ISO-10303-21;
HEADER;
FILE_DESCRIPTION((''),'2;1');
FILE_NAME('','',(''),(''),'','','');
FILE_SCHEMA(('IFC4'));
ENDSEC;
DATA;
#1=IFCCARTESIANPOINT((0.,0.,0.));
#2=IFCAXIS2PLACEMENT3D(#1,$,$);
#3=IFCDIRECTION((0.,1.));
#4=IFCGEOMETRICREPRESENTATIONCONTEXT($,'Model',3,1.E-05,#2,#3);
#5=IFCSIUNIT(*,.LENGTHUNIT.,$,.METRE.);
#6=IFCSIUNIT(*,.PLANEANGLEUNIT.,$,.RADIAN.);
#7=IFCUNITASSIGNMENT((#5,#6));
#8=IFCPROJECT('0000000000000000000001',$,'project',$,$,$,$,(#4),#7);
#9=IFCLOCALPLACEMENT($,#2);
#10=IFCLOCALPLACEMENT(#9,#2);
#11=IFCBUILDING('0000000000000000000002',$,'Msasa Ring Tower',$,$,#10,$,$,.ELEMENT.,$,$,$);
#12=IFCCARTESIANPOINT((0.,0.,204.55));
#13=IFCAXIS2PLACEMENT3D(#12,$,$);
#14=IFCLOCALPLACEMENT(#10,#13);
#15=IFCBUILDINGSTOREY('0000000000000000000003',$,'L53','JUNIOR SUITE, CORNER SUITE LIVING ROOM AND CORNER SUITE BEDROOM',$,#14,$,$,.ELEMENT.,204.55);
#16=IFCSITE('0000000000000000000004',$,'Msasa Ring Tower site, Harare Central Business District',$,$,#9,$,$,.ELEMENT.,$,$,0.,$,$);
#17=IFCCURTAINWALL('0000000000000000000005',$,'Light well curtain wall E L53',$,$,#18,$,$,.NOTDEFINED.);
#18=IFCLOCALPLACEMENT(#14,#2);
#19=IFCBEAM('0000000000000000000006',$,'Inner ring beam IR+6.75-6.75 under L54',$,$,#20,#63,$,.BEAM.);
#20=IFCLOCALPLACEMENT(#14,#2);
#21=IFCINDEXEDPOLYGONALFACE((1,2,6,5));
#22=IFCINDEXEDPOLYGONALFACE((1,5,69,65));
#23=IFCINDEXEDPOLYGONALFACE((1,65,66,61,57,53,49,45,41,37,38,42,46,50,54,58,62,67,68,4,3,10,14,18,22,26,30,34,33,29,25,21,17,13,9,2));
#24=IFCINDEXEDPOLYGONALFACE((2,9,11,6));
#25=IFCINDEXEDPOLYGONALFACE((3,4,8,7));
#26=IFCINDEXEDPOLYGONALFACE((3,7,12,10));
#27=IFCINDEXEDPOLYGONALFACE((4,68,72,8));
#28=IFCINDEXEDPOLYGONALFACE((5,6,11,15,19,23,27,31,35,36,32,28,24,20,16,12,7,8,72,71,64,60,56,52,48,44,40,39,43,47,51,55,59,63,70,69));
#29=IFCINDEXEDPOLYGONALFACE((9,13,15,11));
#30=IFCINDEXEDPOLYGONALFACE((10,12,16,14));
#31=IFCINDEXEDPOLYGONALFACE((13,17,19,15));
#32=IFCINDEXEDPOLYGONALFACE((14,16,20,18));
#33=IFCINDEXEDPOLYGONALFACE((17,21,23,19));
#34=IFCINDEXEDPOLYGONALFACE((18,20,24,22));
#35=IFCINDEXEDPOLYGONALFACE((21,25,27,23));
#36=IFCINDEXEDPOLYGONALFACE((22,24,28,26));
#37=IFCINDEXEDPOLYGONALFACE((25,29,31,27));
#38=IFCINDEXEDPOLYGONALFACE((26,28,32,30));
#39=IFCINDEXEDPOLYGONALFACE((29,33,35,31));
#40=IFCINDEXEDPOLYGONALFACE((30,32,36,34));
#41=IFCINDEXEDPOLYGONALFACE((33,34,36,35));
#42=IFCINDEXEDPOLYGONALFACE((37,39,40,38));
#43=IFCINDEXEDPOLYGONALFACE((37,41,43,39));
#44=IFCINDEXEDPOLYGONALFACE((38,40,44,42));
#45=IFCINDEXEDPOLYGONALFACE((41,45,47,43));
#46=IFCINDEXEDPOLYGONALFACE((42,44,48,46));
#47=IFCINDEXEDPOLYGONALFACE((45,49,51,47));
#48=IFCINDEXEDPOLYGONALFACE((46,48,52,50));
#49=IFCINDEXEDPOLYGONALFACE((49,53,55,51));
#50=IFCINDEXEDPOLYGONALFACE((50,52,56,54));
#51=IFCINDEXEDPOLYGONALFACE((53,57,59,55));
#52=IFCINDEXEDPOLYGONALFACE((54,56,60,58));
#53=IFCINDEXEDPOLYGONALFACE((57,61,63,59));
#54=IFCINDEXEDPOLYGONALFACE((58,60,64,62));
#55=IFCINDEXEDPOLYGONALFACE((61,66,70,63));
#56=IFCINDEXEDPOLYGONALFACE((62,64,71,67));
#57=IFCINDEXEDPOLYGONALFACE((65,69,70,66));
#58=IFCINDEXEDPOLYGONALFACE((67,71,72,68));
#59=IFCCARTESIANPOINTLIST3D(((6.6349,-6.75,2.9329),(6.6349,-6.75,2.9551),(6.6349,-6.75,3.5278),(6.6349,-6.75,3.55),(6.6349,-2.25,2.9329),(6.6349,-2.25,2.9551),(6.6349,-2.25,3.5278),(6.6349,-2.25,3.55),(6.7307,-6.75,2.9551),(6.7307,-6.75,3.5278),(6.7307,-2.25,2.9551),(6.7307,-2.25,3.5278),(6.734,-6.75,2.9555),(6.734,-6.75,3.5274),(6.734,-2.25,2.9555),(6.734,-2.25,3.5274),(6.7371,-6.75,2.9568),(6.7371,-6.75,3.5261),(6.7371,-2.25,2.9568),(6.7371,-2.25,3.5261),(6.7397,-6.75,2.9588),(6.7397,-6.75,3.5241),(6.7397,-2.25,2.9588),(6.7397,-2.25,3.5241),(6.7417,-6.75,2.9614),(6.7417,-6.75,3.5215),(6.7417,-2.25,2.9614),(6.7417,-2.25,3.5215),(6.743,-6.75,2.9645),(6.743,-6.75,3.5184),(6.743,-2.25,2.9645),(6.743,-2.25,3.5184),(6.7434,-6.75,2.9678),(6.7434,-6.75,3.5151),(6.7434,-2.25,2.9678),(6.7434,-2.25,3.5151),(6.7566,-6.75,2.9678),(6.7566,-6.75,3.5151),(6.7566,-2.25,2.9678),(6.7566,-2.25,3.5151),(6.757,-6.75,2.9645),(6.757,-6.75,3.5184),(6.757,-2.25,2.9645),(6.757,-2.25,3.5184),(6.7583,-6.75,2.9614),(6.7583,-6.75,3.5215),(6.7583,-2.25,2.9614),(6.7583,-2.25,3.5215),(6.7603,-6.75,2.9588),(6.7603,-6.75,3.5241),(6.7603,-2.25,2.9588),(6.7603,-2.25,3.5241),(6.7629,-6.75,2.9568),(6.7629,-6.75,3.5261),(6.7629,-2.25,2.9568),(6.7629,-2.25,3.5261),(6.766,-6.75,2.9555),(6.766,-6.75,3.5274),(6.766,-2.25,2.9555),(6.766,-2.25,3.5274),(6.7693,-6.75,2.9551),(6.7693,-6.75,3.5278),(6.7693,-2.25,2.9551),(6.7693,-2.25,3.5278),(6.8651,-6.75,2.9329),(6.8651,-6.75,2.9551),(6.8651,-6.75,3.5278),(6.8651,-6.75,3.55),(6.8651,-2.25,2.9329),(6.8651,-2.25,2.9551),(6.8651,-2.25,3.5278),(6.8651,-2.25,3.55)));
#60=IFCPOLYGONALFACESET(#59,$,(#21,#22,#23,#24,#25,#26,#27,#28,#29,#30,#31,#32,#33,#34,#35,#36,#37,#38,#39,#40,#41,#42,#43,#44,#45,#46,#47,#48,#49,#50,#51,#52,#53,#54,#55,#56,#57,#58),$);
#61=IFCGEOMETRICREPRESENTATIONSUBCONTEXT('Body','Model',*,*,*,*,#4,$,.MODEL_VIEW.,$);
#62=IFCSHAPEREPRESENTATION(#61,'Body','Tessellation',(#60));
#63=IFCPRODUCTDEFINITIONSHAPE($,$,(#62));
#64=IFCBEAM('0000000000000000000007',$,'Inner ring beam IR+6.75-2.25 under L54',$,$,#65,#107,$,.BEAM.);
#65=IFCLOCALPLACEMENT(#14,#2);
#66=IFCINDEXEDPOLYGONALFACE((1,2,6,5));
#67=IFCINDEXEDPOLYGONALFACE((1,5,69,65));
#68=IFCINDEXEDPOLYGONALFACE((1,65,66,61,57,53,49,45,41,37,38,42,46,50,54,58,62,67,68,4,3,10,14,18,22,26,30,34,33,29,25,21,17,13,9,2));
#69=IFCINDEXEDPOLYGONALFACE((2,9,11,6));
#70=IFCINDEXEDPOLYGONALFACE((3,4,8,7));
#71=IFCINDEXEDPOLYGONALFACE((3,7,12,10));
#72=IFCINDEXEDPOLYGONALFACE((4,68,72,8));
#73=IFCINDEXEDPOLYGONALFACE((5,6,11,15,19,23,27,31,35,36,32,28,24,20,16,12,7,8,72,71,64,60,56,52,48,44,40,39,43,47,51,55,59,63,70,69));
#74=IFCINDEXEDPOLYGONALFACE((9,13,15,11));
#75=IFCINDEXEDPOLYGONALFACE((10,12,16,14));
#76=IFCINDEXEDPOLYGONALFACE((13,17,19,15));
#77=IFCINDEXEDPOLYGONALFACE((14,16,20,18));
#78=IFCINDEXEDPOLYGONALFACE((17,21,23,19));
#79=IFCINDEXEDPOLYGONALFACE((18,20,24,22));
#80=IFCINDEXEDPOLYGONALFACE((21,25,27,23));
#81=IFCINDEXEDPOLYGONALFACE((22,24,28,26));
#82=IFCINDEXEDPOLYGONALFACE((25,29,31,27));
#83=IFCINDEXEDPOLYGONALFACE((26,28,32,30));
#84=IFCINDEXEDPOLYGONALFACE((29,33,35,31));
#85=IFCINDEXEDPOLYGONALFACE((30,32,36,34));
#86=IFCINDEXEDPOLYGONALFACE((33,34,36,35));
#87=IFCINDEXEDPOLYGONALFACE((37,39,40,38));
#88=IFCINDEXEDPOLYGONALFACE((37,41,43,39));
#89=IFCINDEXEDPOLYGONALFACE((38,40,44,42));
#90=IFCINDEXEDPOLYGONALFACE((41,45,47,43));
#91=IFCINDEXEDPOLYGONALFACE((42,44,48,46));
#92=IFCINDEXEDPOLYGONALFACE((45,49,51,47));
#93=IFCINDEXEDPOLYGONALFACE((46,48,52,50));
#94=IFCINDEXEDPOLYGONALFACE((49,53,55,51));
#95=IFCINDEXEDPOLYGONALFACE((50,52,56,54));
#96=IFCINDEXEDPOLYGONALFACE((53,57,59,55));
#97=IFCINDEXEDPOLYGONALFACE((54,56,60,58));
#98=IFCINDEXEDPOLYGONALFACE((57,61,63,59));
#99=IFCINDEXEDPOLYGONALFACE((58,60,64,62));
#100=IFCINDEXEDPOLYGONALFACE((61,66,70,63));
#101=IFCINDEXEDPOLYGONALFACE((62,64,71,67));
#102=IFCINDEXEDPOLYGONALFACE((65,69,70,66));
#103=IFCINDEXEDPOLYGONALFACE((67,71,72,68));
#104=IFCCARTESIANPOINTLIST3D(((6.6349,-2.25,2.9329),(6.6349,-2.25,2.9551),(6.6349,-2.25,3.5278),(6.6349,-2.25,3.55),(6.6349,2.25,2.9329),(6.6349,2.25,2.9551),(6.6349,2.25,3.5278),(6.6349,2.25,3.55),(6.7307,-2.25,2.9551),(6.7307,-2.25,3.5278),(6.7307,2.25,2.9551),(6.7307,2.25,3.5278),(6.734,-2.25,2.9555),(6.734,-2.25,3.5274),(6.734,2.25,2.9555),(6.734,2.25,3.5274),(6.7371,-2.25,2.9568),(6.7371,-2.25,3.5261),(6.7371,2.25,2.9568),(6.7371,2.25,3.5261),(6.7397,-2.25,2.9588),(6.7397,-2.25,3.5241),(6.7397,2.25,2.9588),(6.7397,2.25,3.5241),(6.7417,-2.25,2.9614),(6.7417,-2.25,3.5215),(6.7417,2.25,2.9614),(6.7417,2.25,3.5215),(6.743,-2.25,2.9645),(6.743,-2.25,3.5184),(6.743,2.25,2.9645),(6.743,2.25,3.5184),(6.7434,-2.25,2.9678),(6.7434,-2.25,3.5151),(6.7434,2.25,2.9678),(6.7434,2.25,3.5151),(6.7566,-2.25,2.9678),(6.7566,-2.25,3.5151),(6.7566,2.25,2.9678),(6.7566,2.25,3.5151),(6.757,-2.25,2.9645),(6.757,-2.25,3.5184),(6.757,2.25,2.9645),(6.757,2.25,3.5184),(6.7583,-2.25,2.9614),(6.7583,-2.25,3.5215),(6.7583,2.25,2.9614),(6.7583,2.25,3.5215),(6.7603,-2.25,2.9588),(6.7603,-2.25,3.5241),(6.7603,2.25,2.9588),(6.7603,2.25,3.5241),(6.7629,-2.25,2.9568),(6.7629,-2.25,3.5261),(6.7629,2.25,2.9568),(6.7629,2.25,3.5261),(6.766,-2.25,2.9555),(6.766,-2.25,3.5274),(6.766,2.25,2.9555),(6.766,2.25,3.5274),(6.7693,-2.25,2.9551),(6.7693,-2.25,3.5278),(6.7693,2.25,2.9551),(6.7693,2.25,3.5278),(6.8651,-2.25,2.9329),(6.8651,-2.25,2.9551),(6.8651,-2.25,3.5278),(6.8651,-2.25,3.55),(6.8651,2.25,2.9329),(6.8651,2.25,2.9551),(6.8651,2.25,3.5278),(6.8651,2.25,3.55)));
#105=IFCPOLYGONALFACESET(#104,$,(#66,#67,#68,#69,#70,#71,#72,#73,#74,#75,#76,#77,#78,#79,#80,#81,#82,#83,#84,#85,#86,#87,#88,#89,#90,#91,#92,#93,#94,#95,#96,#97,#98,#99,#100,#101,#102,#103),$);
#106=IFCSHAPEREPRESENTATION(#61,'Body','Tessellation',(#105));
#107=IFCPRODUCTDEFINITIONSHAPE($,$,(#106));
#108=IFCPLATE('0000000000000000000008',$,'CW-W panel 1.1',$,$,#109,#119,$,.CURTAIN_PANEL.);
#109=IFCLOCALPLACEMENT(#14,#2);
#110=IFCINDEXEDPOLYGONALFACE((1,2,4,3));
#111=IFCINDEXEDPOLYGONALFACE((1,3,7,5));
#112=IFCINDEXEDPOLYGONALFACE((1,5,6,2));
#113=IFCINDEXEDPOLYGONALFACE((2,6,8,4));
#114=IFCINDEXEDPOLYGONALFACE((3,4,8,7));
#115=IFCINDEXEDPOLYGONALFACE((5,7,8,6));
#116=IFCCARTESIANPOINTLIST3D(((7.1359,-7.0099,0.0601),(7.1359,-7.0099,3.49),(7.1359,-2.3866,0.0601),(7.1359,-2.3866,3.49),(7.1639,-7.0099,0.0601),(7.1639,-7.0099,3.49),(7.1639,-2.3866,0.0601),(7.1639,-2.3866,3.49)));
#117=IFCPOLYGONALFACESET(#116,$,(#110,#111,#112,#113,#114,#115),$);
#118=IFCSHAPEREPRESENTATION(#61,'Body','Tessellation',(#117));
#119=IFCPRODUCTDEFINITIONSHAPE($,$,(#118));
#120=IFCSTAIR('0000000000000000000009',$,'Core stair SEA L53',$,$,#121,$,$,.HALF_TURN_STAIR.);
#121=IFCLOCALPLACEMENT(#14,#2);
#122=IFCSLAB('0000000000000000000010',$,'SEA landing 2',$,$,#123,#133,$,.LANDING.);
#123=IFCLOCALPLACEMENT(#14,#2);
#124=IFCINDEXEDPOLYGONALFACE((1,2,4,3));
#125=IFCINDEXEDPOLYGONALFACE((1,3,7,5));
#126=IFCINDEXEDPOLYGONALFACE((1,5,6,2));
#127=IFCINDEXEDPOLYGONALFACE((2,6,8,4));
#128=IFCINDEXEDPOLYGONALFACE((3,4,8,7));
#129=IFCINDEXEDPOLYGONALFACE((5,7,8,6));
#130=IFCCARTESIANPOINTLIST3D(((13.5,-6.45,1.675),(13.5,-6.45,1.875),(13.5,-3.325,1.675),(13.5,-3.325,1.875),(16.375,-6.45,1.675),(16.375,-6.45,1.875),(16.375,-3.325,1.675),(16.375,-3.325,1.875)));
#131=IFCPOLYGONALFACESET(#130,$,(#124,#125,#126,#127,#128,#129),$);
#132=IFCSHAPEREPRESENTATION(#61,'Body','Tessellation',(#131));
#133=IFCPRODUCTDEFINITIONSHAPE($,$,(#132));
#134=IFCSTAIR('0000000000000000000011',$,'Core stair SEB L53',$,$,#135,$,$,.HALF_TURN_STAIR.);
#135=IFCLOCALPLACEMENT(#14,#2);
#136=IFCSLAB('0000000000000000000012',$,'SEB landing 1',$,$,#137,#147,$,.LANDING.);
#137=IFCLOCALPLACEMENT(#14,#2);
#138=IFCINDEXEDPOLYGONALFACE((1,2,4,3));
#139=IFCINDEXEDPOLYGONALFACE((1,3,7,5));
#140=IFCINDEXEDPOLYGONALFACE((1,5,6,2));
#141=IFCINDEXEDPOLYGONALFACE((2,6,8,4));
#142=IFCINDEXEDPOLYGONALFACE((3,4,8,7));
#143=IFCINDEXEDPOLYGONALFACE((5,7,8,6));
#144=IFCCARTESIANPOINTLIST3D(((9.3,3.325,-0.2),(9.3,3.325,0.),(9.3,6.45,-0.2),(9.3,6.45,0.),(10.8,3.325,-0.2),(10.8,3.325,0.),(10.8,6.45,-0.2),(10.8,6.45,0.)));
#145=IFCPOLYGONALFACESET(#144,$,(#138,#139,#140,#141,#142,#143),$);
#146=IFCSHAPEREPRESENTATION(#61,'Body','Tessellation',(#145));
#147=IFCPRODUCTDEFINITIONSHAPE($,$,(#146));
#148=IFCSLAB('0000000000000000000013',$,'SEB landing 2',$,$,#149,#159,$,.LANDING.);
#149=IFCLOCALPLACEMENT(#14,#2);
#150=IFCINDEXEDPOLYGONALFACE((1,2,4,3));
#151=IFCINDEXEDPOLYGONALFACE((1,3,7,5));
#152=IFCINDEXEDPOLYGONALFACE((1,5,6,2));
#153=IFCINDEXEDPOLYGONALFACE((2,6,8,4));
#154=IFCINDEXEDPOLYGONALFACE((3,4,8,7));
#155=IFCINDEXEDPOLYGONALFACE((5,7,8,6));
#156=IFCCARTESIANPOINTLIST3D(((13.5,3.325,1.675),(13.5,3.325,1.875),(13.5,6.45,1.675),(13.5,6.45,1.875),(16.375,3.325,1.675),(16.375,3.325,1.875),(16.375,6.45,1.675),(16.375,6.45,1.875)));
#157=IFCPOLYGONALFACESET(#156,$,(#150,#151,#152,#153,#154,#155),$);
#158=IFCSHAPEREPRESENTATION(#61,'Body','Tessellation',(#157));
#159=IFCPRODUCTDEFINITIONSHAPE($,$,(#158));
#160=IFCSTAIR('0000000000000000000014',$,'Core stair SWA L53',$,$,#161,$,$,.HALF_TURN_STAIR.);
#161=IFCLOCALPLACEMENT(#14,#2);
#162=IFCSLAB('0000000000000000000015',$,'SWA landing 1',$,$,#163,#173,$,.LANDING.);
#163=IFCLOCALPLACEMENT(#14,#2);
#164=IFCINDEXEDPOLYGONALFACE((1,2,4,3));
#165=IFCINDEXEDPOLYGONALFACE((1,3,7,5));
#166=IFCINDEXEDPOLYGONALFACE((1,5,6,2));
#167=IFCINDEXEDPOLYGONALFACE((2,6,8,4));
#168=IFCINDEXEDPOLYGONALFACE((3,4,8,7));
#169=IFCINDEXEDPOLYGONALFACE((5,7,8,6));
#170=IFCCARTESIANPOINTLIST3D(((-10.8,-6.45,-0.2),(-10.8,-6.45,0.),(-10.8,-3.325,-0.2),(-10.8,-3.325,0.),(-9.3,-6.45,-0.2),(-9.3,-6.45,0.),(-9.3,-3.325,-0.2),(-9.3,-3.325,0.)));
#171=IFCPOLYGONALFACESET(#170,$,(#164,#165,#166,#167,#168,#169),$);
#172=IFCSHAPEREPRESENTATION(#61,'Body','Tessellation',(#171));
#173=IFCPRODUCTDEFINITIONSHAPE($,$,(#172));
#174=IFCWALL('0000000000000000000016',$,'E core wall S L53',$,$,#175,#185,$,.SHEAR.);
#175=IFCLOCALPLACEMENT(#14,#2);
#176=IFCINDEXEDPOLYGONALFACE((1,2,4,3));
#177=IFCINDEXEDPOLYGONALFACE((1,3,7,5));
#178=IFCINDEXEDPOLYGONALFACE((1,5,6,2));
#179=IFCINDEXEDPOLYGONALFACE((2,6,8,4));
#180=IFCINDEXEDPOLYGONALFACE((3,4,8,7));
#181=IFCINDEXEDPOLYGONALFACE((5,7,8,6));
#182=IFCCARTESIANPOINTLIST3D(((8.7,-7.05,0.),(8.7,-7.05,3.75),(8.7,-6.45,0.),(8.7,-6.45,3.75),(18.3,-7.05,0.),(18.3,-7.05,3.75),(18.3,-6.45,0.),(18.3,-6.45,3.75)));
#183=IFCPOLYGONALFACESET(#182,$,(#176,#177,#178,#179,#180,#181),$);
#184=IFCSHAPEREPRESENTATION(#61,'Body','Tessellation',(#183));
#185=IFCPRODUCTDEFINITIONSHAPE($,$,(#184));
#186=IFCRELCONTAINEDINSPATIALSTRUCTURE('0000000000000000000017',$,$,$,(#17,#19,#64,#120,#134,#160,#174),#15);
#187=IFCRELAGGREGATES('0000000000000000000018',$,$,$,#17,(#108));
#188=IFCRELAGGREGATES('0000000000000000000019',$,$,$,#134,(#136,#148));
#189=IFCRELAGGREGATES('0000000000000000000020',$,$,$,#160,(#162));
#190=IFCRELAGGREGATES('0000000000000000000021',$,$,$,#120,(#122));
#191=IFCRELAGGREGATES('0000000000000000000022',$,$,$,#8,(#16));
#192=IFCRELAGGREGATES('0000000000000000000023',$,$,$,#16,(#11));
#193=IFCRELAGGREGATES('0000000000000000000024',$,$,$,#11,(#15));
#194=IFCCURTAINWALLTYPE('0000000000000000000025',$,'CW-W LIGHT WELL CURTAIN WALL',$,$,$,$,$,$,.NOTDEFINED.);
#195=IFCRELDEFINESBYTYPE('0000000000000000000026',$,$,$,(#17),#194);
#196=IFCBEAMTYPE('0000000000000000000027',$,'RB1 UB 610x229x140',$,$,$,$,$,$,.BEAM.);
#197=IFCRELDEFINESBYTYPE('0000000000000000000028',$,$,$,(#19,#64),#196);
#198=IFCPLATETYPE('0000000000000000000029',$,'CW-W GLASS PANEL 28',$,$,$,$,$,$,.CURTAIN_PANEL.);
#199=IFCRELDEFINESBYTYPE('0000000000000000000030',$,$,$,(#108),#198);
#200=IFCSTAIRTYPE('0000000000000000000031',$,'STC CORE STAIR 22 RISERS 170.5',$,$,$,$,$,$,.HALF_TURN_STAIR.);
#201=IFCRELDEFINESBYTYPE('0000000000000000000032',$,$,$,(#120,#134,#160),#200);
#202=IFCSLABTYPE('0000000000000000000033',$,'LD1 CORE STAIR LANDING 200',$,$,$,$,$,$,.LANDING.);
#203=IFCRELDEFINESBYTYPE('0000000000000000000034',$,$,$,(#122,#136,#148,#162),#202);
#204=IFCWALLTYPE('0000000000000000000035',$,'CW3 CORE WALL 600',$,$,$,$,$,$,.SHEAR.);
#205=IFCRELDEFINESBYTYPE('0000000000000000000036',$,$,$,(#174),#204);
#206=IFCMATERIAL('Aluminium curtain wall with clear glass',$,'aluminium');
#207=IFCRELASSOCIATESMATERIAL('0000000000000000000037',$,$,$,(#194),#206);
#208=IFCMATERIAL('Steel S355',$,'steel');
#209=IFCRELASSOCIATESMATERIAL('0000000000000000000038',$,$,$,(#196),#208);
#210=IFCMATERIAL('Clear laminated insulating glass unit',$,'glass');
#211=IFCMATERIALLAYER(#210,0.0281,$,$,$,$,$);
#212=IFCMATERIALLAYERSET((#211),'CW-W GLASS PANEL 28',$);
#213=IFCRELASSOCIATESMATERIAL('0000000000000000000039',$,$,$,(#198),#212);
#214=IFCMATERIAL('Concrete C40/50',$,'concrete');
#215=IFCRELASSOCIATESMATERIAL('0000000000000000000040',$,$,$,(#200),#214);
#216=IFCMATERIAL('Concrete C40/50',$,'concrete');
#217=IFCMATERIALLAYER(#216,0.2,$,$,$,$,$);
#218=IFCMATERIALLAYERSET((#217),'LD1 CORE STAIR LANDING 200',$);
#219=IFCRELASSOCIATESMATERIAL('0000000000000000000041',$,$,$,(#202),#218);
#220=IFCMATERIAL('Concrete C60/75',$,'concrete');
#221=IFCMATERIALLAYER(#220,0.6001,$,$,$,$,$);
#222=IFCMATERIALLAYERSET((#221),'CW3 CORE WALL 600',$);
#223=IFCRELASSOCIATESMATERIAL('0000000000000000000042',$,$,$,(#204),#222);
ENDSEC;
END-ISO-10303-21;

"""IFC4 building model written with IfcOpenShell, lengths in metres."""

from ifc_helpers import new_model, si_unit, direction, frame, frame_2d, origin, origin_2d, place, context, subcontext, project, spatial, polyline, rectangle, i_section, outline, extrude, material, layer, layer_set, material_profile, profile_set, type_object, element, aggregate, save


model = new_model("IFC4")

# Units and contexts
model_context = context("Model", 3, precision=1e-05, world=origin(), true_north=direction((0.0, 1.0)))
body_context = subcontext(model_context, "Body", "Model", "MODEL_VIEW")
ifc_project = project(units=[si_unit("LENGTHUNIT", "METRE"), si_unit("PLANEANGLEUNIT", "RADIAN")], contexts=[model_context])

# Site, building, storey
site_placement = place(None, origin())
site = spatial("IfcSite", under=ifc_project, at=site_placement, Name="Msasa Ring Tower site, Harare Central Business District", CompositionType="ELEMENT", RefElevation=0.0)
building_placement = place(site_placement, origin())
building = spatial("IfcBuilding", under=site, at=building_placement, Name="Msasa Ring Tower", CompositionType="ELEMENT")
storey_placement = place(building_placement, frame((0.0, 0.0, 204.55)))
storey = spatial("IfcBuildingStorey", under=building, at=storey_placement, Name="L53", Description="JUNIOR SUITE, CORNER SUITE LIVING ROOM AND CORNER SUITE BEDROOM", CompositionType="ELEMENT", Elevation=204.55)

# Curtain wall
ifc_material_1 = material(Name="Aluminium curtain wall with clear glass", Category="aluminium")
curtain_wall_type = type_object("IfcCurtainWallType", Name="CW-W LIGHT WELL CURTAIN WALL", PredefinedType="NOTDEFINED", material=ifc_material_1)
curtain_wall_placement = place(storey_placement, origin())
curtain_wall = element("IfcCurtainWall", 1, at=curtain_wall_placement, inside=storey, type_object=curtain_wall_type, Name="Light well curtain wall E L53", PredefinedType="NOTDEFINED")

# Beams
ifc_material_2 = material(Name="Steel S355", Category="steel")
ifc_material_profile_1 = material_profile(ifc_material_2, i_section(OverallWidth=0.2302, OverallDepth=0.6172, WebThickness=0.0132, FlangeThickness=0.0222, FilletRadius=0.0127, at=origin_2d()), Name="UB 610x229x140")
ifc_profile_set_1 = profile_set([ifc_material_profile_1], Name="Steel S355")
beam_type = type_object("IfcBeamType", Name="RB1 UB 610x229x140", PredefinedType="BEAM", material=ifc_profile_set_1)
for number, where, z_axis, x_axis, name in (
    (2, (6.75, -6.75, 3.2415), (0.0, 1.0, 0.0), (-1.0, 0.0, 0.0), "Inner ring beam IR+6.75-6.75 under L54"),
    (3, (6.75, -2.25, 3.2415), (0.0, 1.0, 0.0), (-1.0, 0.0, 0.0), "Inner ring beam IR+6.75-2.25 under L54"),
):
    element("IfcBeam", number, at=place(storey_placement, frame(where, z_axis=z_axis, x_axis=x_axis)), inside=storey, type_object=beam_type, Name=name, PredefinedType="BEAM", context=body_context, shape_type="SweptSolid", body=[
        extrude(i_section(OverallWidth=0.2302, OverallDepth=0.6172, WebThickness=0.0132, FlangeThickness=0.0222, FilletRadius=0.0127, at=origin_2d()), origin(), (0.0, 0.0, 1.0), 4.5),
    ])

# Plate
ifc_material_3 = material(Name="Clear laminated insulating glass unit", Category="glass")
ifc_layer_1 = layer(ifc_material_3, 0.0281)
ifc_layer_set_1 = layer_set([ifc_layer_1], Name="CW-W GLASS PANEL 28")
plate_type = type_object("IfcPlateType", Name="CW-W GLASS PANEL 28", PredefinedType="CURTAIN_PANEL", material=ifc_layer_set_1)
plate_placement = place(storey_placement, frame((7.1499, -4.6982, 0.0601), z_axis=(0.0, 0.0, 1.0), x_axis=(0.0, 1.0, 0.0)))
plate = element("IfcPlate", 4, at=plate_placement, type_object=plate_type, Name="CW-W panel 1.1", PredefinedType="CURTAIN_PANEL", context=body_context, shape_type="SweptSolid", body=[
    extrude(rectangle(XDim=4.6233, YDim=0.0281, at=origin_2d()), origin(), (0.0, 0.0, 1.0), 3.4299),
])
aggregate(curtain_wall, [plate])

# Stair, slab
ifc_material_4 = material(Name="Concrete C40/50", Category="concrete")
stair_type = type_object("IfcStairType", Name="STC CORE STAIR 22 RISERS 170.5", PredefinedType="HALF_TURN_STAIR", material=ifc_material_4)
stair_1_placement = place(storey_placement, origin())
stair_1 = element("IfcStair", 5, at=stair_1_placement, inside=storey, type_object=stair_type, Name="Core stair SEA L53", PredefinedType="HALF_TURN_STAIR")
ifc_material_5 = material(Name="Concrete C40/50", Category="concrete")
ifc_layer_2 = layer(ifc_material_5, 0.2)
ifc_layer_set_2 = layer_set([ifc_layer_2], Name="LD1 CORE STAIR LANDING 200")
slab_type = type_object("IfcSlabType", Name="LD1 CORE STAIR LANDING 200", PredefinedType="LANDING", material=ifc_layer_set_2)
slab_1_placement = place(storey_placement, frame((0.0, 0.0, 1.675)))
slab_1 = element("IfcSlab", 6, at=slab_1_placement, type_object=slab_type, Name="SEA landing 2", PredefinedType="LANDING", context=body_context, shape_type="SweptSolid", body=[
    extrude(outline(polyline([(13.5, -6.45), (16.375, -6.45), (16.375, -3.325), (13.5, -3.325), (13.5, -6.45)])), origin(), (0.0, 0.0, 1.0), 0.2),
])

# Stair, slabs
stair_2_placement = place(storey_placement, origin())
stair_2 = element("IfcStair", 7, at=stair_2_placement, inside=storey, type_object=stair_type, Name="Core stair SEB L53", PredefinedType="HALF_TURN_STAIR")
slab_2_placement = place(storey_placement, frame((0.0, 0.0, -0.2)))
slab_2 = element("IfcSlab", 8, at=slab_2_placement, type_object=slab_type, Name="SEB landing 1", PredefinedType="LANDING", context=body_context, shape_type="SweptSolid", body=[
    extrude(outline(polyline([(9.3, 3.325), (10.8, 3.325), (10.8, 6.45), (9.3, 6.45), (9.3, 3.325)])), origin(), (0.0, 0.0, 1.0), 0.2),
])
slab_3_placement = place(storey_placement, frame((0.0, 0.0, 1.675)))
slab_3 = element("IfcSlab", 9, at=slab_3_placement, type_object=slab_type, Name="SEB landing 2", PredefinedType="LANDING", context=body_context, shape_type="SweptSolid", body=[
    extrude(outline(polyline([(13.5, 3.325), (16.375, 3.325), (16.375, 6.45), (13.5, 6.45), (13.5, 3.325)])), origin(), (0.0, 0.0, 1.0), 0.2),
])
aggregate(stair_2, [slab_2, slab_3])

# Stair, slab
stair_3_placement = place(storey_placement, origin())
stair_3 = element("IfcStair", 10, at=stair_3_placement, inside=storey, type_object=stair_type, Name="Core stair SWA L53", PredefinedType="HALF_TURN_STAIR")
slab_4_placement = place(storey_placement, frame((0.0, 0.0, -0.2)))
slab_4 = element("IfcSlab", 11, at=slab_4_placement, type_object=slab_type, Name="SWA landing 1", PredefinedType="LANDING", context=body_context, shape_type="SweptSolid", body=[
    extrude(outline(polyline([(-10.8, -6.45), (-9.3, -6.45), (-9.3, -3.325), (-10.8, -3.325), (-10.8, -6.45)])), origin(), (0.0, 0.0, 1.0), 0.2),
])
aggregate(stair_3, [slab_4])

# Wall
ifc_material_6 = material(Name="Concrete C60/75", Category="concrete")
ifc_layer_3 = layer(ifc_material_6, 0.6001)
ifc_layer_set_3 = layer_set([ifc_layer_3], Name="CW3 CORE WALL 600")
wall_type_1 = type_object("IfcWallType", Name="CW3 CORE WALL 600", PredefinedType="SHEAR", material=ifc_layer_set_3)
wall_1_placement = place(storey_placement, frame((8.7, -6.75, 0.0), z_axis=(0.0, 0.0, 1.0), x_axis=(1.0, 0.0, 0.0)))
element("IfcWall", 12, at=wall_1_placement, inside=storey, type_object=wall_type_1, Name="E core wall S L53", PredefinedType="SHEAR", context=body_context, shape_type="SweptSolid", body=[
    extrude(rectangle(XDim=9.6001, YDim=0.6001, at=frame_2d((4.8, 0.0))), origin(), (0.0, 0.0, 1.0), 3.75),
])

aggregate(stair_1, [slab_1])

save(model, "model.ifc")
